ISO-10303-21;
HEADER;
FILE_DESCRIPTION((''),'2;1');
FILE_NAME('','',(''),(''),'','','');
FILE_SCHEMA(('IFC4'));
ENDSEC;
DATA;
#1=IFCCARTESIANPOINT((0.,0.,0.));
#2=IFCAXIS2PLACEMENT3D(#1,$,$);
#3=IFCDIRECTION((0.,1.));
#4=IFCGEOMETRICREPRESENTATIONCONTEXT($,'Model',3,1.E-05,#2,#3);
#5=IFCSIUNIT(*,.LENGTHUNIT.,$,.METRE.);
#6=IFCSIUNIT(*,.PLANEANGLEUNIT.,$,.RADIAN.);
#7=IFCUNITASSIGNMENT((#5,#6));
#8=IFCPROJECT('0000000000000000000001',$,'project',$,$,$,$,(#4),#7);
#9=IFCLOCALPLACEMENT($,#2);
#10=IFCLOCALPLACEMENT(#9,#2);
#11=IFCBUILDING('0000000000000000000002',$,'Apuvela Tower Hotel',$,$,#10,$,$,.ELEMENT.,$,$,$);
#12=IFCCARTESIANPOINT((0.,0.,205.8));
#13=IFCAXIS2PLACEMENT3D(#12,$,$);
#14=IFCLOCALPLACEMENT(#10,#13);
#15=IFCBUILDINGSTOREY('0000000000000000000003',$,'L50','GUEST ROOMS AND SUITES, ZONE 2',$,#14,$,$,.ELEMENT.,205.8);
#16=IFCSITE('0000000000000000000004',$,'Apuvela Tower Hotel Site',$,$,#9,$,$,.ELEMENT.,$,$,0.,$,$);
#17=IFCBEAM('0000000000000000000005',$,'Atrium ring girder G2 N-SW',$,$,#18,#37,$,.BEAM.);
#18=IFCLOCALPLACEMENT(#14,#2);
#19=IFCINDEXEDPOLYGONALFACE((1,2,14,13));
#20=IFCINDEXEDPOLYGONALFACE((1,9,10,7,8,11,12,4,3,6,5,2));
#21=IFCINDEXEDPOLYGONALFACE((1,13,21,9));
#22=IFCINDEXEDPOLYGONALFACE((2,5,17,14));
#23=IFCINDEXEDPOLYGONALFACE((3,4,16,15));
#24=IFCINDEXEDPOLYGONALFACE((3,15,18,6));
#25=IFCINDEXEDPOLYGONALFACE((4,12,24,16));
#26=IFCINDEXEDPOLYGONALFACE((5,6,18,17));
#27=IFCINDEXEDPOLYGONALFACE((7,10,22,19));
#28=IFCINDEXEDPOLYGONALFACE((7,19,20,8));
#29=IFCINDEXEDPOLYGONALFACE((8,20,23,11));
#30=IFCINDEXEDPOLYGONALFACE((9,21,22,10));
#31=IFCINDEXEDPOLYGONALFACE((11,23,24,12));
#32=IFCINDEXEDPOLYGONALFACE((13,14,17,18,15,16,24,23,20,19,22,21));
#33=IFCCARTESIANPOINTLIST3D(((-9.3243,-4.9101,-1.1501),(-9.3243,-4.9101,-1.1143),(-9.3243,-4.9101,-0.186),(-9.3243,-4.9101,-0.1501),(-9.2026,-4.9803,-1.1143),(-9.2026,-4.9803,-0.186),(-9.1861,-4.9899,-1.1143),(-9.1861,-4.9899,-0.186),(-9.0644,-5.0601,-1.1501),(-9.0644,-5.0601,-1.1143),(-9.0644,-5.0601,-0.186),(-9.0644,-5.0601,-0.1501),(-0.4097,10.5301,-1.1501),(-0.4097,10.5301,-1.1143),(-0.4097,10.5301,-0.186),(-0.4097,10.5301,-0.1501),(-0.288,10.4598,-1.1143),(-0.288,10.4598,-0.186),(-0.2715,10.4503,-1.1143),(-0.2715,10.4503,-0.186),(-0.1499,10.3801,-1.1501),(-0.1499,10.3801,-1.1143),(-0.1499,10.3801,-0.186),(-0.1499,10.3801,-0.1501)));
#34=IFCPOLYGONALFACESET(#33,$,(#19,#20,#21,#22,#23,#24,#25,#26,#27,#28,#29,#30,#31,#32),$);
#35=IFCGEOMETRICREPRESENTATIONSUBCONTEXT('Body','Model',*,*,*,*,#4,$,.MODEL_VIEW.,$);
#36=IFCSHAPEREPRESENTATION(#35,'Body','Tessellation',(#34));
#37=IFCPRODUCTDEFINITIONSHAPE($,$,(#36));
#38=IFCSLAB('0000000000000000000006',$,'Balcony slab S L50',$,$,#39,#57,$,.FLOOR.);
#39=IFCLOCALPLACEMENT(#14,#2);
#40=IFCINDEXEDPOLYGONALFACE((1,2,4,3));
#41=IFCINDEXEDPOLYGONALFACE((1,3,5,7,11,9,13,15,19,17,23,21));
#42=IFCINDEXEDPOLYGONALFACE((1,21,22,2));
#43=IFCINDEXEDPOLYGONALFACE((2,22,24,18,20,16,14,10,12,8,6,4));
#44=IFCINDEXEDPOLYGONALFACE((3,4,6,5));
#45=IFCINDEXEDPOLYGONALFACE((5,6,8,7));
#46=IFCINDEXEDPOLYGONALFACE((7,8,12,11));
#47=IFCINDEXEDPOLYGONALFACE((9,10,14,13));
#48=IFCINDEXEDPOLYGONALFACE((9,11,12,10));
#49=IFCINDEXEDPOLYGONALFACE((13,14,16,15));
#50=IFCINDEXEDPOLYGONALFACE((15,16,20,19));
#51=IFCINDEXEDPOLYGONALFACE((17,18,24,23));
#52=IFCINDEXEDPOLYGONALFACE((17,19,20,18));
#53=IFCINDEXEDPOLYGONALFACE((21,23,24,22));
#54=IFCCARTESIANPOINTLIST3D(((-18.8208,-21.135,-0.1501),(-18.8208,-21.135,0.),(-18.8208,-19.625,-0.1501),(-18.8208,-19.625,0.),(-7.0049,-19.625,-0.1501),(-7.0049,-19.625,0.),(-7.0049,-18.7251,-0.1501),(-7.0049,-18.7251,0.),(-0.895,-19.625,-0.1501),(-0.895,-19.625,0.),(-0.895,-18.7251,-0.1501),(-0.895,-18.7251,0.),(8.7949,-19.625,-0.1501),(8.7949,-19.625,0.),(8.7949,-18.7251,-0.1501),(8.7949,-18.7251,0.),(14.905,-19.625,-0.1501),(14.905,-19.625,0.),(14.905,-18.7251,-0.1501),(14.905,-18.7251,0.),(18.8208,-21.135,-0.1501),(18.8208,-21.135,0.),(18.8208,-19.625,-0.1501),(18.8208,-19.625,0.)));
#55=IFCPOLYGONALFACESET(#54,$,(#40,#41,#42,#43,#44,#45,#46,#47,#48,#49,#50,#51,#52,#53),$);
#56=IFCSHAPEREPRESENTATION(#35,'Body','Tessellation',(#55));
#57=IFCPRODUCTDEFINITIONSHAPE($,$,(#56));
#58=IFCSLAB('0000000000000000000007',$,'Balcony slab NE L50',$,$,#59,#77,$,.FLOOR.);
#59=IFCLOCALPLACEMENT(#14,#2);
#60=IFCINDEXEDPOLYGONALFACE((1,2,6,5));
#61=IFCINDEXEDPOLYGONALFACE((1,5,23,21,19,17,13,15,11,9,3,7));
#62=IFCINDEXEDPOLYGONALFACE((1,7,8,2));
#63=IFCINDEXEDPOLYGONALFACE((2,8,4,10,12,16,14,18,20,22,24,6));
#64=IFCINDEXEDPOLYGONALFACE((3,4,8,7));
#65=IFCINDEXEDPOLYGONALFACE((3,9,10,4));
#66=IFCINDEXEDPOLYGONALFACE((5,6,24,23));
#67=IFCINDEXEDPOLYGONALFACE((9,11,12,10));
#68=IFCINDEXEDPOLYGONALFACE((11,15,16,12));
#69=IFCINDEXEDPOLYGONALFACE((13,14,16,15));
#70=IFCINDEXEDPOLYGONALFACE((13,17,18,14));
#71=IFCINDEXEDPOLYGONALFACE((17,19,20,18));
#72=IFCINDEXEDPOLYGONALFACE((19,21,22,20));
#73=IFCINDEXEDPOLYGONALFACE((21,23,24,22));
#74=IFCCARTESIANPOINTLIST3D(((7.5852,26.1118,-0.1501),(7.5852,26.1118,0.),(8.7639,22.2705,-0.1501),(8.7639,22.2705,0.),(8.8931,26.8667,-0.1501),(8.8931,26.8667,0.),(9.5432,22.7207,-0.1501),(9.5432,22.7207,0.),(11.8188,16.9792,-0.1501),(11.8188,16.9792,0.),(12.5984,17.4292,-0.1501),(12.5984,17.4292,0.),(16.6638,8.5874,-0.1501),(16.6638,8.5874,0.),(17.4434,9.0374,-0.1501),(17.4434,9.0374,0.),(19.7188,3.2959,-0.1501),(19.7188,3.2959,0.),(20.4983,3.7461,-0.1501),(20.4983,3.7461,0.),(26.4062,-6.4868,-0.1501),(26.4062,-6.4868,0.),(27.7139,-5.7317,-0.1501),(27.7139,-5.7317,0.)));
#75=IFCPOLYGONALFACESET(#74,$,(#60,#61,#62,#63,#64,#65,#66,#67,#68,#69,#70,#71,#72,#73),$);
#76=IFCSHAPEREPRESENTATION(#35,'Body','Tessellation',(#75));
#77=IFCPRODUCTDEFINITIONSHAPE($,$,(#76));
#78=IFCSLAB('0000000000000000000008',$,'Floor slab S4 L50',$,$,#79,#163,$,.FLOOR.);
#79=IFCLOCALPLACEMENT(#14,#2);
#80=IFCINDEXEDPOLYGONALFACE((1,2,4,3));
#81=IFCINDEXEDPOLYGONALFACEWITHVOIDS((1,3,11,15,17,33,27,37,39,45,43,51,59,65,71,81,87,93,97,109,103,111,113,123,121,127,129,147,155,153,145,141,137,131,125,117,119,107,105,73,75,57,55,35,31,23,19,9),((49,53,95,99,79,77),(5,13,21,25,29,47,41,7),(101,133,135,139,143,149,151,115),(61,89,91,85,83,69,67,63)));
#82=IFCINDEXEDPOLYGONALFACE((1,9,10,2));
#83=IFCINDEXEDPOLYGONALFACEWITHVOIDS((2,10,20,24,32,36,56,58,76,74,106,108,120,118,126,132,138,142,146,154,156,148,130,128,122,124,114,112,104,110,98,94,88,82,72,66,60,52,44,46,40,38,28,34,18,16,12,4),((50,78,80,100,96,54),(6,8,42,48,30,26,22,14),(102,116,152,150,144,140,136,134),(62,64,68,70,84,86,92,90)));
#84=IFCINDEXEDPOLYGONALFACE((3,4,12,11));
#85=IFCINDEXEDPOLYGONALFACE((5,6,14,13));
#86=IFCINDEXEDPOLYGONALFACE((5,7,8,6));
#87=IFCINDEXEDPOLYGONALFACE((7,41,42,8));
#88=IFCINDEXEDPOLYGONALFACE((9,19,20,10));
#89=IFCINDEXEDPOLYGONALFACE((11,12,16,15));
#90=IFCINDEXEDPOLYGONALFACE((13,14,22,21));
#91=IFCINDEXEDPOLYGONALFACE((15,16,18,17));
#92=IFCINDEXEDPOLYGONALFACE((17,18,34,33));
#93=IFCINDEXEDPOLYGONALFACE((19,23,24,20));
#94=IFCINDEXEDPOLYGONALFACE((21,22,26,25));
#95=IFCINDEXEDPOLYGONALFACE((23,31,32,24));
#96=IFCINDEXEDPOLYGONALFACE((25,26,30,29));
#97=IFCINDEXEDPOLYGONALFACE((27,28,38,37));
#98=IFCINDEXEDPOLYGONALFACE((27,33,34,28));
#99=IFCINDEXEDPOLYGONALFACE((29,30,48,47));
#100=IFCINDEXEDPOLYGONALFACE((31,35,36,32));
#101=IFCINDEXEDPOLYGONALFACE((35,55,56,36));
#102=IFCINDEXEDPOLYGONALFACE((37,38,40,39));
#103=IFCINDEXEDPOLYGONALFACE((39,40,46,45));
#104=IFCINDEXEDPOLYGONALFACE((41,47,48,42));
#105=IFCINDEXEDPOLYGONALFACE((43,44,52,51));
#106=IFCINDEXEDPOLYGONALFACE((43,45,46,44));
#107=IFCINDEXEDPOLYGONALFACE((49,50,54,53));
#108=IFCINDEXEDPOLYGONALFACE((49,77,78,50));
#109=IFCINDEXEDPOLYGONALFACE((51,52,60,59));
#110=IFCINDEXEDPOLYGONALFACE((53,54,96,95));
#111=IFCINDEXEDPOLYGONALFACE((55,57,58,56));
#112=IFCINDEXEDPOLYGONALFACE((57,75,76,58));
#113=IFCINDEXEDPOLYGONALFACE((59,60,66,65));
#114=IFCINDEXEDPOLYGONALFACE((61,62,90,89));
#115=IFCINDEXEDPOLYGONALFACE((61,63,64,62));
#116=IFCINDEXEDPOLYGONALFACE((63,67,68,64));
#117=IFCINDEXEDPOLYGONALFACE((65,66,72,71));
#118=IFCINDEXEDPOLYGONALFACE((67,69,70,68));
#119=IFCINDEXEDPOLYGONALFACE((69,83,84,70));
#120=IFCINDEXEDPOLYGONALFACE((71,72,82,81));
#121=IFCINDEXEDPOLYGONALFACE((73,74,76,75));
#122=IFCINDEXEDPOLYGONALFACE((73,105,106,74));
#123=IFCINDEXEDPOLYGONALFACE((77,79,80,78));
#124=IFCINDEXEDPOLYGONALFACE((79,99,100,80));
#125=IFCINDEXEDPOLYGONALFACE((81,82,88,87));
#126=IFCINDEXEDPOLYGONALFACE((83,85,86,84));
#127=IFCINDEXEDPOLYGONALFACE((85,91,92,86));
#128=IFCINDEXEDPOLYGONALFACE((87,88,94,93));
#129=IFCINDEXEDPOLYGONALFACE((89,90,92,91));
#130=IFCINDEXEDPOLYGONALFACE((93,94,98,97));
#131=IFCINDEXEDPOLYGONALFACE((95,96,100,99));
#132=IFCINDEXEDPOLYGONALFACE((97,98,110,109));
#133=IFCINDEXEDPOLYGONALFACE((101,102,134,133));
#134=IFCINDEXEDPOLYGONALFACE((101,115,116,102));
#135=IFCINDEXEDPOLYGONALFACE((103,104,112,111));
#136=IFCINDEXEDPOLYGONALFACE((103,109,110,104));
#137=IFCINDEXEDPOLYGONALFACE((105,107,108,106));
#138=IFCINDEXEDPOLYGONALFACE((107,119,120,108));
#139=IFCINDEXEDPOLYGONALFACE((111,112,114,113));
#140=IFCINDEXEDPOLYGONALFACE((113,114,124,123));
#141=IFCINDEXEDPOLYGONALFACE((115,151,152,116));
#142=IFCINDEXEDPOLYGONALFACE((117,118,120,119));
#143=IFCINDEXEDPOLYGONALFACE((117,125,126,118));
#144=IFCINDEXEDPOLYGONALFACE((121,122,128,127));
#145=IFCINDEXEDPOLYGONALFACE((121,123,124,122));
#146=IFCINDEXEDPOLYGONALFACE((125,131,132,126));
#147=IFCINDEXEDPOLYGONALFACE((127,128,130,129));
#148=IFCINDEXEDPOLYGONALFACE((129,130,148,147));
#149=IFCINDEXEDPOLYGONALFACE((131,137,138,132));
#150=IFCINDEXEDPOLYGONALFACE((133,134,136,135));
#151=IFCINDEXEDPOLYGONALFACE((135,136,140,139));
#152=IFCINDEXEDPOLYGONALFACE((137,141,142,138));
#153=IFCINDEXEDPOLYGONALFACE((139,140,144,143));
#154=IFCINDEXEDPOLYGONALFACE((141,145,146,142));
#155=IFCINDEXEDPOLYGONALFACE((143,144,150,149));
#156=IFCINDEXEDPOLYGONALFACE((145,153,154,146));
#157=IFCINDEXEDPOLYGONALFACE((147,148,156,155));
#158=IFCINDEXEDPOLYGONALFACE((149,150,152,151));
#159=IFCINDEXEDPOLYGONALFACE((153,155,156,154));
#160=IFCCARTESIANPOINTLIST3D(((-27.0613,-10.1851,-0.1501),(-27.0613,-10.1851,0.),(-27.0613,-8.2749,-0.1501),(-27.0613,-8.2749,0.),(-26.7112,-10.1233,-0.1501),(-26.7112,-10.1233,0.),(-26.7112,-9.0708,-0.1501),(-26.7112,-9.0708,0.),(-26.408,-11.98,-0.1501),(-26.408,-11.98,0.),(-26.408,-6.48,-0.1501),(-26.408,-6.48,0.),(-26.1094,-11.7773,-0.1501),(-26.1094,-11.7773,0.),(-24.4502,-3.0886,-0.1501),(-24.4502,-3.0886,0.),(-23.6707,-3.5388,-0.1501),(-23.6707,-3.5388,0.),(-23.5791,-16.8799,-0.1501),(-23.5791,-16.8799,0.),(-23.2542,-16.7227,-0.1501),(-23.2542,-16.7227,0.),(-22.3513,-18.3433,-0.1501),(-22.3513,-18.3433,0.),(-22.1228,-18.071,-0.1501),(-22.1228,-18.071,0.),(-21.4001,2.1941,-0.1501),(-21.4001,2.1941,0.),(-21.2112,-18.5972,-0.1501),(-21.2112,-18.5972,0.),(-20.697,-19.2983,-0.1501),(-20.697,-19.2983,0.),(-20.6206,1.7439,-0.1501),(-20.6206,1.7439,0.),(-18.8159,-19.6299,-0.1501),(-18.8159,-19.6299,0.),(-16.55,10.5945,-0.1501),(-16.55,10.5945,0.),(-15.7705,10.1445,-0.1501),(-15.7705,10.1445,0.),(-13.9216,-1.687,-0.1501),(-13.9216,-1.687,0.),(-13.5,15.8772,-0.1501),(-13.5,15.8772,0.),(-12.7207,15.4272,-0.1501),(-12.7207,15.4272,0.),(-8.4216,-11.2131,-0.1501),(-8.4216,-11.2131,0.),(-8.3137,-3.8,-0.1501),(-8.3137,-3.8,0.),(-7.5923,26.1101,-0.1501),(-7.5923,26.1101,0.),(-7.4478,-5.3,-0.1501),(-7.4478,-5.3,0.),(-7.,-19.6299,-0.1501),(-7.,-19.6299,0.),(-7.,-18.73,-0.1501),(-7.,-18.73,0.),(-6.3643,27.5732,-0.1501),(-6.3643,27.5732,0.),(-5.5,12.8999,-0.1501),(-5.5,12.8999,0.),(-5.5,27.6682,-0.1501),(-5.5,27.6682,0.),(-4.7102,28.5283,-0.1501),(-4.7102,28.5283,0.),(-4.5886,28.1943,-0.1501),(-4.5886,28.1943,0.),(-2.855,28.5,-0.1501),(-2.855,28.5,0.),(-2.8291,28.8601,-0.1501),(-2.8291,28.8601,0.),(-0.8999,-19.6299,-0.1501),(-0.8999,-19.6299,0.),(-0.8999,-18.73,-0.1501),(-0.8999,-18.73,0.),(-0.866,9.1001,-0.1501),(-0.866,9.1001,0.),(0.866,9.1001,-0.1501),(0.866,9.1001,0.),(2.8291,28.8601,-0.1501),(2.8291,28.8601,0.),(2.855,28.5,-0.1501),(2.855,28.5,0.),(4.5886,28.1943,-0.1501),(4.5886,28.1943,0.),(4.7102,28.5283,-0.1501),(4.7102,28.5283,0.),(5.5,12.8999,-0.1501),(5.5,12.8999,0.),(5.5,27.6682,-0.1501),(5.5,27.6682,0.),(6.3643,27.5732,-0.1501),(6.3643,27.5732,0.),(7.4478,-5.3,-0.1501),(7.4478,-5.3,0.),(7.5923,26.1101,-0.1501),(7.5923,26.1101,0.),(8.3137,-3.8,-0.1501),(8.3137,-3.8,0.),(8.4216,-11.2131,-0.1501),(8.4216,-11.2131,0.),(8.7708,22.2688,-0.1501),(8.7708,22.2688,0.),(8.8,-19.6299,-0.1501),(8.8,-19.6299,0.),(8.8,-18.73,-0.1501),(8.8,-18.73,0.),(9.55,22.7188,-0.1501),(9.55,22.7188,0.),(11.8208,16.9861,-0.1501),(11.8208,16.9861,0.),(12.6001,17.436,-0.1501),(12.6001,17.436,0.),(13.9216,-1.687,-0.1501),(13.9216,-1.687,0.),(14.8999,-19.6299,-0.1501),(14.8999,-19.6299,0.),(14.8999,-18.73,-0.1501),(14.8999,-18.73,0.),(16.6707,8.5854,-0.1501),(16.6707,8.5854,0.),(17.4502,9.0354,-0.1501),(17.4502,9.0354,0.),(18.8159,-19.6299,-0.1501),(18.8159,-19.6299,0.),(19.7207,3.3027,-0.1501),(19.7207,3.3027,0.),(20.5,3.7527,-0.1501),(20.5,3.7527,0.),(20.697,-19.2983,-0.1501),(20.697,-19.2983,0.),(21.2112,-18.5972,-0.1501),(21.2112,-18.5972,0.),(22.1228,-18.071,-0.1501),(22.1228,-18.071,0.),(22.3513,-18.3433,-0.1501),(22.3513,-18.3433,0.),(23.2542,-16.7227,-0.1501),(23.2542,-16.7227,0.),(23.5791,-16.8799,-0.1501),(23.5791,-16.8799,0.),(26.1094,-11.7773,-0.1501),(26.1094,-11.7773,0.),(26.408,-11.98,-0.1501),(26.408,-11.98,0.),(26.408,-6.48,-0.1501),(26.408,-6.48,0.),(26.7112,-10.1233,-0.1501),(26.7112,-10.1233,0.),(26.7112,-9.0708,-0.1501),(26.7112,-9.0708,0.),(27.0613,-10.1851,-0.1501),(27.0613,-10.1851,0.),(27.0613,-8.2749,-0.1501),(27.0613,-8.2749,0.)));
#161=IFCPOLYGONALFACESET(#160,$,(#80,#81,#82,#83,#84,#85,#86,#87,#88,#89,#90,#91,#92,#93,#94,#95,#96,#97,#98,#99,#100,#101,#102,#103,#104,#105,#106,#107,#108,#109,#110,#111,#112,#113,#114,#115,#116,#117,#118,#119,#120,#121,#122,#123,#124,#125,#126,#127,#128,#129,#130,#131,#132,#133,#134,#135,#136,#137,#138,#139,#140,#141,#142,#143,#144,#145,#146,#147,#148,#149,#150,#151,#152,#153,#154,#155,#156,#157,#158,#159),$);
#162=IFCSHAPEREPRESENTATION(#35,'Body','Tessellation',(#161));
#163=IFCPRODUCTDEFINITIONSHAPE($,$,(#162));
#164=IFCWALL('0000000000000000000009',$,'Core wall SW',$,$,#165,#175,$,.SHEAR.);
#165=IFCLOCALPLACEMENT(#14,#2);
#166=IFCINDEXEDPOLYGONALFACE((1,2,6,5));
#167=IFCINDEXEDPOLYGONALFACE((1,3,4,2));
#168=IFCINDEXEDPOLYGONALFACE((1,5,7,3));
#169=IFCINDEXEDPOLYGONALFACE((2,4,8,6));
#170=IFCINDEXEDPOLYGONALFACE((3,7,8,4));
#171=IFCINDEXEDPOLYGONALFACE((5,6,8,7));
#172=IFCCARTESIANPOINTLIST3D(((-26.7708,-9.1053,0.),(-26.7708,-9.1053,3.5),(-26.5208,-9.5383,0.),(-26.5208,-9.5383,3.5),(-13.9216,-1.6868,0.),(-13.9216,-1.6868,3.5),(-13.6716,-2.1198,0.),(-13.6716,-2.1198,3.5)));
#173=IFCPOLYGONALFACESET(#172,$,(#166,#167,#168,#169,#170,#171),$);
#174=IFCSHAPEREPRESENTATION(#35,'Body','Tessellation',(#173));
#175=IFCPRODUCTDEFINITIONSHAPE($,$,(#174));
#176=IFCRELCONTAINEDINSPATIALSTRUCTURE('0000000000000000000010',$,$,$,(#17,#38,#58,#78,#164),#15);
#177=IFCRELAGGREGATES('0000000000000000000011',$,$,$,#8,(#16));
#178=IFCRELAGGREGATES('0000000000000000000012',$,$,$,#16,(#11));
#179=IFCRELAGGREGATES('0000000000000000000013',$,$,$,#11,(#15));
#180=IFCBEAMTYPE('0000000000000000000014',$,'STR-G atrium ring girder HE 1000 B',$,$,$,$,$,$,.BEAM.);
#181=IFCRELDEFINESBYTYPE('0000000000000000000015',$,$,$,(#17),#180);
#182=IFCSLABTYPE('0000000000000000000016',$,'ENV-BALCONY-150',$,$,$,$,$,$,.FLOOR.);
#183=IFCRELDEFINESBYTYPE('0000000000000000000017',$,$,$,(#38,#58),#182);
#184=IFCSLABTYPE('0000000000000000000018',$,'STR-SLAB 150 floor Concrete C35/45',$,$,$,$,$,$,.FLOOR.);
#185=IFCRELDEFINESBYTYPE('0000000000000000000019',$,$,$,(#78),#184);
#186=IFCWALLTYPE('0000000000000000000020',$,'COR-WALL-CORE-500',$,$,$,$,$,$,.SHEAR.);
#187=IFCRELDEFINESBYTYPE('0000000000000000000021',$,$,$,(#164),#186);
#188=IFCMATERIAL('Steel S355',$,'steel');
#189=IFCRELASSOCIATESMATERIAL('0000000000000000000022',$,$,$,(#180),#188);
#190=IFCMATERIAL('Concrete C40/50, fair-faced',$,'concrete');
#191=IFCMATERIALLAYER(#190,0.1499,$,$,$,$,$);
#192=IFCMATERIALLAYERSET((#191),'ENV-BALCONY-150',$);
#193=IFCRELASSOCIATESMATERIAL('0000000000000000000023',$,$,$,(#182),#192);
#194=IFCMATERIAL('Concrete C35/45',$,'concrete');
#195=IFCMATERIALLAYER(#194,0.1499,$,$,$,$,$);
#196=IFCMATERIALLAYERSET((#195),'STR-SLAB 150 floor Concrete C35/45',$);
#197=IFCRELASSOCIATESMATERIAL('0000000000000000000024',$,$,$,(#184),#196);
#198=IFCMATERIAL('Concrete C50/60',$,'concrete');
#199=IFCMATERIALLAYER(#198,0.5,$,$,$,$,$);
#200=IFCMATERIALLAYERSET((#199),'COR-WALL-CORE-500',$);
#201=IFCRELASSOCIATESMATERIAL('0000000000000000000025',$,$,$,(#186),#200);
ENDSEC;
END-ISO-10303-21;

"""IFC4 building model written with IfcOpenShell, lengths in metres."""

from ifc_helpers import new_model, si_unit, direction, frame, frame_2d, origin, origin_2d, place, context, subcontext, project, spatial, polyline, rectangle, i_section, outline, extrude, material, layer, layer_set, material_profile, profile_set, type_object, element, save


model = new_model("IFC4")

# Units and contexts
model_context = context("Model", 3, precision=1e-05, world=origin(), true_north=direction((0.0, 1.0)))
body_context = subcontext(model_context, "Body", "Model", "MODEL_VIEW")
ifc_project = project(units=[si_unit("LENGTHUNIT", "METRE"), si_unit("PLANEANGLEUNIT", "RADIAN")], contexts=[model_context])

# Site, building, storey
site_placement = place(None, origin())
site = spatial("IfcSite", under=ifc_project, at=site_placement, Name="Apuvela Tower Hotel Site", CompositionType="ELEMENT", RefElevation=0.0)
building_placement = place(site_placement, origin())
building = spatial("IfcBuilding", under=site, at=building_placement, Name="Apuvela Tower Hotel", CompositionType="ELEMENT")
storey_placement = place(building_placement, frame((0.0, 0.0, 205.8)))
storey = spatial("IfcBuildingStorey", under=building, at=storey_placement, Name="L50", Description="GUEST ROOMS AND SUITES, ZONE 2", CompositionType="ELEMENT", Elevation=205.8)

# Beam
ifc_material_1 = material(Name="Steel S355", Category="steel")
ifc_material_profile = material_profile(ifc_material_1, i_section(OverallWidth=0.3, OverallDepth=1.0, WebThickness=0.019, FlangeThickness=0.0359, at=origin_2d()), Name="HE 1000 B")
ifc_profile_set = profile_set([ifc_material_profile], Name="Steel S355")
beam_type = type_object("IfcBeamType", Name="STR-G atrium ring girder HE 1000 B", PredefinedType="BEAM", material=ifc_profile_set)
beam_placement = place(storey_placement, frame((-0.2798, 10.4551, -0.6501), z_axis=(-0.500007, -0.866022, 0.0), x_axis=(0.866022, -0.500007, 0.0)))
element("IfcBeam", 1, at=beam_placement, inside=storey, type_object=beam_type, Name="Atrium ring girder G2 N-SW", PredefinedType="BEAM", context=body_context, shape_type="SweptSolid", body=[
    extrude(i_section(OverallWidth=0.3, OverallDepth=1.0, WebThickness=0.019, FlangeThickness=0.0359, at=origin_2d()), origin(), (0.0, 0.0, 1.0), 17.8289),
])

# Slabs
ifc_material_2 = material(Name="Concrete C40/50, fair-faced", Category="concrete")
ifc_layer_1 = layer(ifc_material_2, 0.1499)
ifc_layer_set_1 = layer_set([ifc_layer_1], Name="ENV-BALCONY-150")
slab_type_1 = type_object("IfcSlabType", Name="ENV-BALCONY-150", PredefinedType="FLOOR", material=ifc_layer_set_1)
slab_1_placement = place(storey_placement, frame((0.0, 0.0, -0.1501)))
element("IfcSlab", 2, at=slab_1_placement, inside=storey, type_object=slab_type_1, Name="Balcony slab S L50", PredefinedType="FLOOR", context=body_context, shape_type="SweptSolid", body=[
    extrude(outline(polyline([(18.8208, -21.135), (-18.8208, -21.135), (-18.8208, -19.625), (-7.0049, -19.625), (-7.0049, -18.7251), (-0.895, -18.7251), (-0.895, -19.625), (8.7949, -19.625), (8.7949, -18.7251), (14.905, -18.7251), (14.905, -19.625), (18.8208, -19.625), (18.8208, -21.135)])), origin(), (0.0, 0.0, 1.0), 0.1501),
])
slab_2_placement = place(storey_placement, frame((0.0, 0.0, -0.1501)))
element("IfcSlab", 3, at=slab_2_placement, inside=storey, type_object=slab_type_1, Name="Balcony slab NE L50", PredefinedType="FLOOR", context=body_context, shape_type="SweptSolid", body=[
    extrude(outline(polyline([(17.4434, 9.0374), (12.5984, 17.4292), (11.8188, 16.9792), (8.7639, 22.2705), (9.5432, 22.7207), (7.5852, 26.1118), (8.8931, 26.8667), (27.7139, -5.7317), (26.4062, -6.4868), (20.4983, 3.7461), (19.7188, 3.2959), (16.6638, 8.5874), (17.4434, 9.0374)])), origin(), (0.0, 0.0, 1.0), 0.1501),
])
ifc_material_3 = material(Name="Concrete C35/45", Category="concrete")
ifc_layer_2 = layer(ifc_material_3, 0.1499)
ifc_layer_set_2 = layer_set([ifc_layer_2], Name="STR-SLAB 150 floor Concrete C35/45")
slab_type_2 = type_object("IfcSlabType", Name="STR-SLAB 150 floor Concrete C35/45", PredefinedType="FLOOR", material=ifc_layer_set_2)
slab_3_placement = place(storey_placement, frame((0.0, 0.0, -0.1501)))
element("IfcSlab", 4, at=slab_3_placement, inside=storey, type_object=slab_type_2, Name="Floor slab S4 L50", PredefinedType="FLOOR", context=body_context, shape_type="SweptSolid", body=[
    extrude(outline(polyline([(-6.3643, 27.5732), (-4.7102, 28.5283), (-2.8291, 28.8601), (2.8291, 28.8601), (4.7102, 28.5283), (6.3643, 27.5732), (7.5923, 26.1101), (9.55, 22.7188), (8.7708, 22.2688), (11.8208, 16.9861), (12.6001, 17.436), (17.4502, 9.0354), (16.6707, 8.5854), (19.7207, 3.3027), (20.5, 3.7527), (26.408, -6.48), (27.0613, -8.2749), (27.0613, -10.1851), (26.408, -11.98), (23.5791, -16.8799), (22.3513, -18.3433), (20.697, -19.2983), (18.8159, -19.6299), (14.8999, -19.6299), (14.8999, -18.73), (8.8, -18.73), (8.8, -19.6299), (-0.8999, -19.6299), (-0.8999, -18.73), (-7.0, -18.73), (-7.0, -19.6299), (-18.8159, -19.6299), (-20.697, -19.2983), (-22.3513, -18.3433), (-23.5791, -16.8799), (-26.408, -11.98), (-27.0613, -10.1851), (-27.0613, -8.2749), (-26.408, -6.48), (-24.4502, -3.0886), (-23.6707, -3.5388), (-20.6206, 1.7439), (-21.4001, 2.1941), (-16.55, 10.5945), (-15.7705, 10.1445), (-12.7207, 15.4272), (-13.5, 15.8772), (-7.5923, 26.1101), (-6.3643, 27.5732)]), holes=[polyline([(0.866, 9.1001), (-0.866, 9.1001), (-8.3137, -3.8), (-7.4478, -5.3), (7.4478, -5.3), (8.3137, -3.8), (0.866, 9.1001)]), polyline([(-5.5, 12.8999), (-5.5, 27.6682), (-4.5886, 28.1943), (-2.855, 28.5), (2.855, 28.5), (4.5886, 28.1943), (5.5, 27.6682), (5.5, 12.8999), (-5.5, 12.8999)]), polyline([(-8.4216, -11.2131), (-21.2112, -18.5972), (-22.1228, -18.071), (-23.2542, -16.7227), (-26.1094, -11.7773), (-26.7112, -10.1233), (-26.7112, -9.0708), (-13.9216, -1.687), (-8.4216, -11.2131)]), polyline([(13.9216, -1.687), (26.7112, -9.0708), (26.7112, -10.1233), (26.1094, -11.7773), (23.2542, -16.7227), (22.1228, -18.071), (21.2112, -18.5972), (8.4216, -11.2131), (13.9216, -1.687)])]), origin(), (0.0, 0.0, 1.0), 0.1501),
])

# Wall
ifc_material_4 = material(Name="Concrete C50/60", Category="concrete")
ifc_layer_3 = layer(ifc_material_4, 0.5)
ifc_layer_set_3 = layer_set([ifc_layer_3], Name="COR-WALL-CORE-500")
wall_type_1 = type_object("IfcWallType", Name="COR-WALL-CORE-500", PredefinedType="SHEAR", material=ifc_layer_set_3)
wall_1_placement = place(storey_placement, frame((-13.7966, -1.9033, 0.0), z_axis=(0.0, 0.0, 1.0), x_axis=(-0.866025, -0.500001, 0.0)))
element("IfcWall", 5, at=wall_1_placement, inside=storey, type_object=wall_type_1, Name="Core wall SW", PredefinedType="SHEAR", context=body_context, shape_type="SweptSolid", body=[
    extrude(rectangle(XDim=14.8369, YDim=0.5, at=frame_2d((7.4185, 0.0))), origin(), (0.0, 0.0, 1.0), 3.5),
])

save(model, "model.ifc")
